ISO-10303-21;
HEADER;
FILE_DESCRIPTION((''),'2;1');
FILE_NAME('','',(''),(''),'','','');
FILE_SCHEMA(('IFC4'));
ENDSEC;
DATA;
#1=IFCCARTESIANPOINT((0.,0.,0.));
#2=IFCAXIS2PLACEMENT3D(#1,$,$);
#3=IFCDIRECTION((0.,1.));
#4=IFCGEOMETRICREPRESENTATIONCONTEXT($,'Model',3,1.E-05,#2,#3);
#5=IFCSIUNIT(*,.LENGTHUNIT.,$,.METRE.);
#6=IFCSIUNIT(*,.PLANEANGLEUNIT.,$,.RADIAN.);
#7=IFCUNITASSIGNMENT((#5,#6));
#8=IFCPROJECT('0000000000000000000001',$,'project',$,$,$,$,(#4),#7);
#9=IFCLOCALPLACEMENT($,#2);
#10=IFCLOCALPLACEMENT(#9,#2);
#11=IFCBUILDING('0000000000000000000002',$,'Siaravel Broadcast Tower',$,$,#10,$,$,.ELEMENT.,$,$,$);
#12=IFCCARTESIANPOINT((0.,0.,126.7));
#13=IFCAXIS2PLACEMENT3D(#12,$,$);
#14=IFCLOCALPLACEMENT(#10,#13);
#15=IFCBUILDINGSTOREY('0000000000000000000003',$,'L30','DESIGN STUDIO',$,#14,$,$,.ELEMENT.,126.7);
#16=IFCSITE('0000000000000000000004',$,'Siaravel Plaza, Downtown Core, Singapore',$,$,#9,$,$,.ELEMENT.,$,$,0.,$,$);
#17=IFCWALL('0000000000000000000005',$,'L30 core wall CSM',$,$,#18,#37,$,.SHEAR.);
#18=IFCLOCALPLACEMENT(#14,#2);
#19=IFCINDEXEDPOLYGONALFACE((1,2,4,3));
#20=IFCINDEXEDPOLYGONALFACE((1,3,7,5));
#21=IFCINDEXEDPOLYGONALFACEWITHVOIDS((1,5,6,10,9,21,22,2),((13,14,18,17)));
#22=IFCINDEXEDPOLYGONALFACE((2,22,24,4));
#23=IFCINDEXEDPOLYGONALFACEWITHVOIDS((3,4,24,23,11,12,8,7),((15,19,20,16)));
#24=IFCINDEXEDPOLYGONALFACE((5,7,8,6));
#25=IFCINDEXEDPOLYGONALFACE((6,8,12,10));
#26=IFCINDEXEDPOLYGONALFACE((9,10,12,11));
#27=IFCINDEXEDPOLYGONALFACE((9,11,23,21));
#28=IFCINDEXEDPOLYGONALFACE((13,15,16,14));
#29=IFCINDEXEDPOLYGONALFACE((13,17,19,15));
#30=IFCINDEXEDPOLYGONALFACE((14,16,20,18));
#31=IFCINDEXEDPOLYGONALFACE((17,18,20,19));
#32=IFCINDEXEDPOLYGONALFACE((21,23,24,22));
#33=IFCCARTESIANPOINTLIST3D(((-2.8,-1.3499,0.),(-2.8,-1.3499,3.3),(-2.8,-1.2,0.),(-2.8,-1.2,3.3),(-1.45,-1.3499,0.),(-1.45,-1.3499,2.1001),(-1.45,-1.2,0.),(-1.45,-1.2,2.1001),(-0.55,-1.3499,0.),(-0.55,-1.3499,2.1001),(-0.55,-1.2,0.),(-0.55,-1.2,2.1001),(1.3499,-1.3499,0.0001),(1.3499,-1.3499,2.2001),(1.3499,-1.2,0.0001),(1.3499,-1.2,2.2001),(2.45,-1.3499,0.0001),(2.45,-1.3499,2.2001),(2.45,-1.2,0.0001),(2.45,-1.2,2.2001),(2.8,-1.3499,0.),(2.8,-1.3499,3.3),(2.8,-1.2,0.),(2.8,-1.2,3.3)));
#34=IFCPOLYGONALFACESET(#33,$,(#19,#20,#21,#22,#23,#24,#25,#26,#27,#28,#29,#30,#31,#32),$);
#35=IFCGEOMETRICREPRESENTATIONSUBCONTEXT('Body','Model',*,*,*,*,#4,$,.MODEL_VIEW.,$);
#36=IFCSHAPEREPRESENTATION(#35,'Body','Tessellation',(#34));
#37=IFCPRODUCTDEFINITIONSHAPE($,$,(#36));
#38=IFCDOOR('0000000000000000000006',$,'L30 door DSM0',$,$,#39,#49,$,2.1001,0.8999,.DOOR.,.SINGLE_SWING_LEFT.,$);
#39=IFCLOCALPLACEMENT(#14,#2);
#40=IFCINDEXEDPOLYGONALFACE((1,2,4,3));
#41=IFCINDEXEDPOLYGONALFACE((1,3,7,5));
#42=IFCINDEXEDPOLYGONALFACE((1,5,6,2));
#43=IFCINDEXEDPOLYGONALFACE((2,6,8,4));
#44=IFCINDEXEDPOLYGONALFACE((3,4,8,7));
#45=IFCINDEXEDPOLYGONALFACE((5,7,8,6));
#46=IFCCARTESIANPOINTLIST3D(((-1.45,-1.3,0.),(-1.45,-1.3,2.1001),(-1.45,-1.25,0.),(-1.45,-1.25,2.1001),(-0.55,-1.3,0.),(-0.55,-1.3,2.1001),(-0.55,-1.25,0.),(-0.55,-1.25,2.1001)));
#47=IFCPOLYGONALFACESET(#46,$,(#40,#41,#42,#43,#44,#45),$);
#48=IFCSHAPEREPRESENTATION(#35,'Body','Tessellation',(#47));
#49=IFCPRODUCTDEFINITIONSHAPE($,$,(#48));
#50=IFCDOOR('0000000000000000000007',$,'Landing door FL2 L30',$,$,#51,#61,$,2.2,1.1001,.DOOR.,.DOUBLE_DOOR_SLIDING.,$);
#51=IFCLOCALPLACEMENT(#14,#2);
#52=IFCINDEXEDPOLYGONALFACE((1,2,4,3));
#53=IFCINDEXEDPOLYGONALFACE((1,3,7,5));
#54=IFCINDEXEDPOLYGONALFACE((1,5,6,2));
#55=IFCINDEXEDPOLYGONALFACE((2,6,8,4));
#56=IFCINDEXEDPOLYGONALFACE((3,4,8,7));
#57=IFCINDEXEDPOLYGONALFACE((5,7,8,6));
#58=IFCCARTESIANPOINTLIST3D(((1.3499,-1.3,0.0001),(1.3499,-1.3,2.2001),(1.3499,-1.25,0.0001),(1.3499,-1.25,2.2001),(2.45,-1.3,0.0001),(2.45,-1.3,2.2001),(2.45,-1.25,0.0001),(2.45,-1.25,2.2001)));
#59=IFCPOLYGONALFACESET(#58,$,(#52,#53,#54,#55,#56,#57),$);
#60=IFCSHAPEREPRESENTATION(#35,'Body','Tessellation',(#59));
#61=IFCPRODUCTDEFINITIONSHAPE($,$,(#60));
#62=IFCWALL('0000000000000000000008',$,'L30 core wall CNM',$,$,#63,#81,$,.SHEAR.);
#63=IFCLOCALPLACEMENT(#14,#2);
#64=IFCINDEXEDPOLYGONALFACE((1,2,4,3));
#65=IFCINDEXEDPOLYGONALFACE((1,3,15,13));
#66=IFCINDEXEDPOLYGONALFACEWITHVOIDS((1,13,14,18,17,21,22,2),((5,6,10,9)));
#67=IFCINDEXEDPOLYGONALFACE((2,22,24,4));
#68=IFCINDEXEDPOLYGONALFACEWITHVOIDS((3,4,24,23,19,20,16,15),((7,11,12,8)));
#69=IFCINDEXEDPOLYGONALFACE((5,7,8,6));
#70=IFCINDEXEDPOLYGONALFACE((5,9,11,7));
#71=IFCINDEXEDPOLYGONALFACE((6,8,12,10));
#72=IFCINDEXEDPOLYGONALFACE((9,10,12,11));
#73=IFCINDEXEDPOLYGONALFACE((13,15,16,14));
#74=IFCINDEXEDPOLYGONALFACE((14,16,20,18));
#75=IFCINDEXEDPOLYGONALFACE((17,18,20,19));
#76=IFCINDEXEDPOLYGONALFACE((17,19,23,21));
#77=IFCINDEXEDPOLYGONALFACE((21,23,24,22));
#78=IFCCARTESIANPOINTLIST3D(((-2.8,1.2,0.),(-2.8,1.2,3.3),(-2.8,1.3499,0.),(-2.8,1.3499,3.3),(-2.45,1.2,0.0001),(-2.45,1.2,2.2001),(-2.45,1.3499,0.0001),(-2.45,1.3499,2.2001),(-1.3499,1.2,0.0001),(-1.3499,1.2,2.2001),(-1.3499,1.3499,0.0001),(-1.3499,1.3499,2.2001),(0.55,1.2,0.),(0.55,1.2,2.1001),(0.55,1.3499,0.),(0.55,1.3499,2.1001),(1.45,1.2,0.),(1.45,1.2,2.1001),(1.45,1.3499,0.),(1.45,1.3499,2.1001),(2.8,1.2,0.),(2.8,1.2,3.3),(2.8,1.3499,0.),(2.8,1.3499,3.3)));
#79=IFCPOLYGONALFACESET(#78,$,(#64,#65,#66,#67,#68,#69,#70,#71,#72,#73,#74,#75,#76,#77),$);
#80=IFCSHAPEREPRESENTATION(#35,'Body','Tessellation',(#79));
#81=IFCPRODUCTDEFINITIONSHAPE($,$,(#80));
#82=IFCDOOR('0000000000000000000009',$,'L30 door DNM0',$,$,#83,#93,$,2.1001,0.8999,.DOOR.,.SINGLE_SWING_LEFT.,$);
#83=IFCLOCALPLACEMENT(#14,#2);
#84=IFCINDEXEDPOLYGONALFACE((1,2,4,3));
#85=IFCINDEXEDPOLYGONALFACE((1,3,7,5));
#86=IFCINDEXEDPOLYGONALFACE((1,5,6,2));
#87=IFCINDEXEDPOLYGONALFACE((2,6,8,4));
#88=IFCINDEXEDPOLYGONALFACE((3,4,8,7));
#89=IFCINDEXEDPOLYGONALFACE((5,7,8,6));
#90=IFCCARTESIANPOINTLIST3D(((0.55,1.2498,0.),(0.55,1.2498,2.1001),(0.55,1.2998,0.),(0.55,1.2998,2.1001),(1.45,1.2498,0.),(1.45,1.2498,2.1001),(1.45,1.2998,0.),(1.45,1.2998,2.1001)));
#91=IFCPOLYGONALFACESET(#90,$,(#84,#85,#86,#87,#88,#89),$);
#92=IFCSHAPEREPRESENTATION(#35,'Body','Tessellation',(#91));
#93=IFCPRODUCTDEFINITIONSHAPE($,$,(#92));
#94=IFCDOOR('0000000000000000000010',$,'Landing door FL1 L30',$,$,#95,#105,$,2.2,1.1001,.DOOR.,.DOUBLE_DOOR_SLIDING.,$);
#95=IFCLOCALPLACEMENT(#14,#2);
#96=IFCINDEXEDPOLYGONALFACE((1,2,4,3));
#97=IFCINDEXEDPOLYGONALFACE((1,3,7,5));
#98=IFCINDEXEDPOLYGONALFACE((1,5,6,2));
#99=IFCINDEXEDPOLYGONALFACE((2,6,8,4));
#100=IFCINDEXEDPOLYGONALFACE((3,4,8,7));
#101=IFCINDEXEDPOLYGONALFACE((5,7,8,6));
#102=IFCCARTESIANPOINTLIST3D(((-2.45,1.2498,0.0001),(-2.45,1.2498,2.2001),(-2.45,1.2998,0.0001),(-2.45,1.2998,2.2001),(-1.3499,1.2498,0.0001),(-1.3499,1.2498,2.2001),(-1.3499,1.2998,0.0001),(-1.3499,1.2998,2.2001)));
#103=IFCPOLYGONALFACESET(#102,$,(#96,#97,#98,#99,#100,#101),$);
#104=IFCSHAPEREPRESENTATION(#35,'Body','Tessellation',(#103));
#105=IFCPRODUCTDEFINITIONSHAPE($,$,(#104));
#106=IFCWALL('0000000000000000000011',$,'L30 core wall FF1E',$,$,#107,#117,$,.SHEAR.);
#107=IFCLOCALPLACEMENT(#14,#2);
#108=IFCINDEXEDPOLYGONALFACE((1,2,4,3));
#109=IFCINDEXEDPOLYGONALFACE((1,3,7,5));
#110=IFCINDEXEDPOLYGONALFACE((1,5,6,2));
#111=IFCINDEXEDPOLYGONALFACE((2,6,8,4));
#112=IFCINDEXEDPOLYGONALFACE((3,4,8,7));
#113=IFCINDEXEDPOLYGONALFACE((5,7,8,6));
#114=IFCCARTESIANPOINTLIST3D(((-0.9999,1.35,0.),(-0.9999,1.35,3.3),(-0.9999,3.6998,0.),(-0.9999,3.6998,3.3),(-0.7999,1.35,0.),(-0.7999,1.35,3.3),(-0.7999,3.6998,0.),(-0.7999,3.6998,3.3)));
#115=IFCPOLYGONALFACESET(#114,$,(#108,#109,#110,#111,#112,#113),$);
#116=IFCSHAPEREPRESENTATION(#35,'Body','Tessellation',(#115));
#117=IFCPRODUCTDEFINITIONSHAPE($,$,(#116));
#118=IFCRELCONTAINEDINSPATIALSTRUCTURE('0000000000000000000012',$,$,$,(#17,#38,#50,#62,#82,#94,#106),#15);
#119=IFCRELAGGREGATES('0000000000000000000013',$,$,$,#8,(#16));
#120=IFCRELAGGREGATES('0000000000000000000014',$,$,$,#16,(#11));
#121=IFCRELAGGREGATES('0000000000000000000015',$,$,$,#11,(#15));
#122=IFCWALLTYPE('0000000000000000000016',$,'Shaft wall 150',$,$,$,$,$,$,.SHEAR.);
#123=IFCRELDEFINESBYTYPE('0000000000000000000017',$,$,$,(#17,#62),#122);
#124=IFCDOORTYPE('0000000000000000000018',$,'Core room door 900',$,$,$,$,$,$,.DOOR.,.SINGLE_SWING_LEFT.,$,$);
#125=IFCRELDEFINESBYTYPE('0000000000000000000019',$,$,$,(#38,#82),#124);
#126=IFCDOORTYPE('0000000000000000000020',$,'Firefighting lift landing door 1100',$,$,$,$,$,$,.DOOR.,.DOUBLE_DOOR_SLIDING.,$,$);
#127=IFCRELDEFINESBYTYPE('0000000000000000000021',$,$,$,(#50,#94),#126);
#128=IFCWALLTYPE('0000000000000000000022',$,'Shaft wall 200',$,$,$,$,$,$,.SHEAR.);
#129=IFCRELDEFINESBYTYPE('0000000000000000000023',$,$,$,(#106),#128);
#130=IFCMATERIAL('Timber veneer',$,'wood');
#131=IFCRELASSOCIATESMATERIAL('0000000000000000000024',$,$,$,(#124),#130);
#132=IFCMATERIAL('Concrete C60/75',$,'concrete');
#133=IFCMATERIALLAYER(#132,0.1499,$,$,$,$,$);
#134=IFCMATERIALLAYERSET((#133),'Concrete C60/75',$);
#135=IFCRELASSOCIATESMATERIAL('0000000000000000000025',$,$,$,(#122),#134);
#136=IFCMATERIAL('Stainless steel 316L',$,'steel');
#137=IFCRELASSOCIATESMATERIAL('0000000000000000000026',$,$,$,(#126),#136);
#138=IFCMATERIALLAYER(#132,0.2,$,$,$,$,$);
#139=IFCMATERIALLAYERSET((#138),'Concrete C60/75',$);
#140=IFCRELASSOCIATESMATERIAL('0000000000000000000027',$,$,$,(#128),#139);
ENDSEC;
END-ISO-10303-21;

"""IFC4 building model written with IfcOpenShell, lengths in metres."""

from ifc_helpers import new_model, si_unit, direction, frame, frame_2d, origin, place, context, subcontext, project, spatial, rectangle, extrude, material, layer, layer_set, type_object, element, fill, save


model = new_model("IFC4")

# Units and contexts
model_context = context("Model", 3, precision=1e-05, world=origin(), true_north=direction((0.0, 1.0)))
body_context = subcontext(model_context, "Body", "Model", "MODEL_VIEW")
ifc_project = project(units=[si_unit("LENGTHUNIT", "METRE"), si_unit("PLANEANGLEUNIT", "RADIAN")], contexts=[model_context])

# Site, building, storey
site_placement = place(None, origin())
site = spatial("IfcSite", under=ifc_project, at=site_placement, Name="Siaravel Plaza, Downtown Core, Singapore", CompositionType="ELEMENT", RefElevation=0.0)
building_placement = place(site_placement, origin())
building = spatial("IfcBuilding", under=site, at=building_placement, Name="Siaravel Broadcast Tower", CompositionType="ELEMENT")
storey_placement = place(building_placement, frame((0.0, 0.0, 126.7)))
storey = spatial("IfcBuildingStorey", under=building, at=storey_placement, Name="L30", Description="DESIGN STUDIO", CompositionType="ELEMENT", Elevation=126.7)

# Shared definitions
ifc_material_1 = material(Name="Timber veneer", Category="wood")
door_type_1 = type_object("IfcDoorType", Name="Core room door 900", OperationType="SINGLE_SWING_LEFT", PredefinedType="DOOR", material=ifc_material_1)

# Walls, openings, doors
ifc_material_2 = material(Name="Concrete C60/75", Category="concrete")
ifc_layer_1 = layer(ifc_material_2, 0.1499)
ifc_layer_set_1 = layer_set([ifc_layer_1], Name="Concrete C60/75")
wall_type_1 = type_object("IfcWallType", Name="Shaft wall 150", PredefinedType="SHEAR", material=ifc_layer_set_1)
wall_1_placement = place(storey_placement, frame((-2.8, -1.2749, 0.0), z_axis=(0.0, 0.0, 1.0), x_axis=(1.0, 0.0, 0.0)))
wall_1 = element("IfcWall", 1, at=wall_1_placement, inside=storey, type_object=wall_type_1, Name="L30 core wall CSM", PredefinedType="SHEAR", context=body_context, shape_type="SweptSolid", body=[
    extrude(rectangle(XDim=5.6001, YDim=0.1499, at=frame_2d((2.8, 0.0))), origin(), (0.0, 0.0, 1.0), 3.3),
])
opening_1_placement = place(wall_1_placement, frame((4.1499, 0.0, 0.0)))
opening_1 = element("IfcOpeningElement", 2, at=opening_1_placement, cuts=wall_1, PredefinedType="OPENING", context=body_context, shape_type="SweptSolid", body=[
    extrude(rectangle(XDim=1.1001, YDim=2.2, at=frame_2d((0.55, 1.1001))), frame((0.0, 0.085, 0.0), z_axis=(0.0, -1.0, 0.0), x_axis=(1.0, 0.0, 0.0)), (0.0, 0.0, 1.0), 0.1699),
])
opening_2_placement = place(wall_1_placement, frame((1.3501, 0.0, 0.0)))
opening_2 = element("IfcOpeningElement", 3, at=opening_2_placement, cuts=wall_1, PredefinedType="OPENING", context=body_context, shape_type="SweptSolid", body=[
    extrude(rectangle(XDim=0.8999, YDim=2.1001, at=frame_2d((0.45, 1.05))), frame((0.0, 0.085, 0.0), z_axis=(0.0, -1.0, 0.0), x_axis=(1.0, 0.0, 0.0)), (0.0, 0.0, 1.0), 0.1699),
])
door_1_placement = place(opening_2_placement, origin())
door_1 = element("IfcDoor", 4, at=door_1_placement, inside=storey, type_object=door_type_1, Name="L30 door DSM0", OperationType="SINGLE_SWING_LEFT", OverallHeight=2.1001, OverallWidth=0.8999, PredefinedType="DOOR", context=body_context, shape_type="SweptSolid", body=[
    extrude(rectangle(XDim=0.8999, YDim=2.1001, at=frame_2d((0.45, 1.05))), frame((0.0, 0.0249, 0.0), z_axis=(0.0, -1.0, 0.0), x_axis=(1.0, 0.0, 0.0)), (0.0, 0.0, 1.0), 0.05),
])
fill(opening_2, door_1)
ifc_material_3 = material(Name="Stainless steel 316L", Category="steel")
door_type_2 = type_object("IfcDoorType", Name="Firefighting lift landing door 1100", OperationType="DOUBLE_DOOR_SLIDING", PredefinedType="DOOR", material=ifc_material_3)
door_2_placement = place(opening_1_placement, origin())
door_2 = element("IfcDoor", 5, at=door_2_placement, inside=storey, type_object=door_type_2, Name="Landing door FL2 L30", OperationType="DOUBLE_DOOR_SLIDING", OverallHeight=2.2, OverallWidth=1.1001, PredefinedType="DOOR", context=body_context, shape_type="SweptSolid", body=[
    extrude(rectangle(XDim=1.1001, YDim=2.2, at=frame_2d((0.55, 1.1001))), frame((0.0, 0.0249, 0.0), z_axis=(0.0, -1.0, 0.0), x_axis=(1.0, 0.0, 0.0)), (0.0, 0.0, 1.0), 0.05),
])
fill(opening_1, door_2)
wall_2_placement = place(storey_placement, frame((-2.8, 1.2749, 0.0), z_axis=(0.0, 0.0, 1.0), x_axis=(1.0, 0.0, 0.0)))
wall_2 = element("IfcWall", 6, at=wall_2_placement, inside=storey, type_object=wall_type_1, Name="L30 core wall CNM", PredefinedType="SHEAR", context=body_context, shape_type="SweptSolid", body=[
    extrude(rectangle(XDim=5.6001, YDim=0.1499, at=frame_2d((2.8, 0.0))), origin(), (0.0, 0.0, 1.0), 3.3),
])
opening_3_placement = place(wall_2_placement, frame((0.3501, 0.0, 0.0)))
opening_3 = element("IfcOpeningElement", 7, at=opening_3_placement, cuts=wall_2, PredefinedType="OPENING", context=body_context, shape_type="SweptSolid", body=[
    extrude(rectangle(XDim=1.1001, YDim=2.2, at=frame_2d((0.55, 1.1001))), frame((0.0, 0.085, 0.0), z_axis=(0.0, -1.0, 0.0), x_axis=(1.0, 0.0, 0.0)), (0.0, 0.0, 1.0), 0.1699),
])
opening_4_placement = place(wall_2_placement, frame((3.3501, 0.0, 0.0)))
opening_4 = element("IfcOpeningElement", 8, at=opening_4_placement, cuts=wall_2, PredefinedType="OPENING", context=body_context, shape_type="SweptSolid", body=[
    extrude(rectangle(XDim=0.8999, YDim=2.1001, at=frame_2d((0.45, 1.05))), frame((0.0, 0.085, 0.0), z_axis=(0.0, -1.0, 0.0), x_axis=(1.0, 0.0, 0.0)), (0.0, 0.0, 1.0), 0.1699),
])
door_3_placement = place(opening_4_placement, origin())
door_3 = element("IfcDoor", 9, at=door_3_placement, inside=storey, type_object=door_type_1, Name="L30 door DNM0", OperationType="SINGLE_SWING_LEFT", OverallHeight=2.1001, OverallWidth=0.8999, PredefinedType="DOOR", context=body_context, shape_type="SweptSolid", body=[
    extrude(rectangle(XDim=0.8999, YDim=2.1001, at=frame_2d((0.45, 1.05))), frame((0.0, 0.0249, 0.0), z_axis=(0.0, -1.0, 0.0), x_axis=(1.0, 0.0, 0.0)), (0.0, 0.0, 1.0), 0.05),
])
fill(opening_4, door_3)
door_4_placement = place(opening_3_placement, origin())
door_4 = element("IfcDoor", 10, at=door_4_placement, inside=storey, type_object=door_type_2, Name="Landing door FL1 L30", OperationType="DOUBLE_DOOR_SLIDING", OverallHeight=2.2, OverallWidth=1.1001, PredefinedType="DOOR", context=body_context, shape_type="SweptSolid", body=[
    extrude(rectangle(XDim=1.1001, YDim=2.2, at=frame_2d((0.55, 1.1001))), frame((0.0, 0.0249, 0.0), z_axis=(0.0, -1.0, 0.0), x_axis=(1.0, 0.0, 0.0)), (0.0, 0.0, 1.0), 0.05),
])
fill(opening_3, door_4)

# Wall
ifc_layer_2 = layer(ifc_material_2, 0.2)
ifc_layer_set_2 = layer_set([ifc_layer_2], Name="Concrete C60/75")
wall_type_2 = type_object("IfcWallType", Name="Shaft wall 200", PredefinedType="SHEAR", material=ifc_layer_set_2)
wall_3_placement = place(storey_placement, frame((-0.8999, 1.3501, 0.0), z_axis=(0.0, 0.0, 1.0), x_axis=(0.0, 1.0, 0.0)))
element("IfcWall", 11, at=wall_3_placement, inside=storey, type_object=wall_type_2, Name="L30 core wall FF1E", PredefinedType="SHEAR", context=body_context, shape_type="SweptSolid", body=[
    extrude(rectangle(XDim=2.3499, YDim=0.2, at=frame_2d((1.1748, 0.0))), origin(), (0.0, 0.0, 1.0), 3.3),
])

save(model, "model.ifc")
